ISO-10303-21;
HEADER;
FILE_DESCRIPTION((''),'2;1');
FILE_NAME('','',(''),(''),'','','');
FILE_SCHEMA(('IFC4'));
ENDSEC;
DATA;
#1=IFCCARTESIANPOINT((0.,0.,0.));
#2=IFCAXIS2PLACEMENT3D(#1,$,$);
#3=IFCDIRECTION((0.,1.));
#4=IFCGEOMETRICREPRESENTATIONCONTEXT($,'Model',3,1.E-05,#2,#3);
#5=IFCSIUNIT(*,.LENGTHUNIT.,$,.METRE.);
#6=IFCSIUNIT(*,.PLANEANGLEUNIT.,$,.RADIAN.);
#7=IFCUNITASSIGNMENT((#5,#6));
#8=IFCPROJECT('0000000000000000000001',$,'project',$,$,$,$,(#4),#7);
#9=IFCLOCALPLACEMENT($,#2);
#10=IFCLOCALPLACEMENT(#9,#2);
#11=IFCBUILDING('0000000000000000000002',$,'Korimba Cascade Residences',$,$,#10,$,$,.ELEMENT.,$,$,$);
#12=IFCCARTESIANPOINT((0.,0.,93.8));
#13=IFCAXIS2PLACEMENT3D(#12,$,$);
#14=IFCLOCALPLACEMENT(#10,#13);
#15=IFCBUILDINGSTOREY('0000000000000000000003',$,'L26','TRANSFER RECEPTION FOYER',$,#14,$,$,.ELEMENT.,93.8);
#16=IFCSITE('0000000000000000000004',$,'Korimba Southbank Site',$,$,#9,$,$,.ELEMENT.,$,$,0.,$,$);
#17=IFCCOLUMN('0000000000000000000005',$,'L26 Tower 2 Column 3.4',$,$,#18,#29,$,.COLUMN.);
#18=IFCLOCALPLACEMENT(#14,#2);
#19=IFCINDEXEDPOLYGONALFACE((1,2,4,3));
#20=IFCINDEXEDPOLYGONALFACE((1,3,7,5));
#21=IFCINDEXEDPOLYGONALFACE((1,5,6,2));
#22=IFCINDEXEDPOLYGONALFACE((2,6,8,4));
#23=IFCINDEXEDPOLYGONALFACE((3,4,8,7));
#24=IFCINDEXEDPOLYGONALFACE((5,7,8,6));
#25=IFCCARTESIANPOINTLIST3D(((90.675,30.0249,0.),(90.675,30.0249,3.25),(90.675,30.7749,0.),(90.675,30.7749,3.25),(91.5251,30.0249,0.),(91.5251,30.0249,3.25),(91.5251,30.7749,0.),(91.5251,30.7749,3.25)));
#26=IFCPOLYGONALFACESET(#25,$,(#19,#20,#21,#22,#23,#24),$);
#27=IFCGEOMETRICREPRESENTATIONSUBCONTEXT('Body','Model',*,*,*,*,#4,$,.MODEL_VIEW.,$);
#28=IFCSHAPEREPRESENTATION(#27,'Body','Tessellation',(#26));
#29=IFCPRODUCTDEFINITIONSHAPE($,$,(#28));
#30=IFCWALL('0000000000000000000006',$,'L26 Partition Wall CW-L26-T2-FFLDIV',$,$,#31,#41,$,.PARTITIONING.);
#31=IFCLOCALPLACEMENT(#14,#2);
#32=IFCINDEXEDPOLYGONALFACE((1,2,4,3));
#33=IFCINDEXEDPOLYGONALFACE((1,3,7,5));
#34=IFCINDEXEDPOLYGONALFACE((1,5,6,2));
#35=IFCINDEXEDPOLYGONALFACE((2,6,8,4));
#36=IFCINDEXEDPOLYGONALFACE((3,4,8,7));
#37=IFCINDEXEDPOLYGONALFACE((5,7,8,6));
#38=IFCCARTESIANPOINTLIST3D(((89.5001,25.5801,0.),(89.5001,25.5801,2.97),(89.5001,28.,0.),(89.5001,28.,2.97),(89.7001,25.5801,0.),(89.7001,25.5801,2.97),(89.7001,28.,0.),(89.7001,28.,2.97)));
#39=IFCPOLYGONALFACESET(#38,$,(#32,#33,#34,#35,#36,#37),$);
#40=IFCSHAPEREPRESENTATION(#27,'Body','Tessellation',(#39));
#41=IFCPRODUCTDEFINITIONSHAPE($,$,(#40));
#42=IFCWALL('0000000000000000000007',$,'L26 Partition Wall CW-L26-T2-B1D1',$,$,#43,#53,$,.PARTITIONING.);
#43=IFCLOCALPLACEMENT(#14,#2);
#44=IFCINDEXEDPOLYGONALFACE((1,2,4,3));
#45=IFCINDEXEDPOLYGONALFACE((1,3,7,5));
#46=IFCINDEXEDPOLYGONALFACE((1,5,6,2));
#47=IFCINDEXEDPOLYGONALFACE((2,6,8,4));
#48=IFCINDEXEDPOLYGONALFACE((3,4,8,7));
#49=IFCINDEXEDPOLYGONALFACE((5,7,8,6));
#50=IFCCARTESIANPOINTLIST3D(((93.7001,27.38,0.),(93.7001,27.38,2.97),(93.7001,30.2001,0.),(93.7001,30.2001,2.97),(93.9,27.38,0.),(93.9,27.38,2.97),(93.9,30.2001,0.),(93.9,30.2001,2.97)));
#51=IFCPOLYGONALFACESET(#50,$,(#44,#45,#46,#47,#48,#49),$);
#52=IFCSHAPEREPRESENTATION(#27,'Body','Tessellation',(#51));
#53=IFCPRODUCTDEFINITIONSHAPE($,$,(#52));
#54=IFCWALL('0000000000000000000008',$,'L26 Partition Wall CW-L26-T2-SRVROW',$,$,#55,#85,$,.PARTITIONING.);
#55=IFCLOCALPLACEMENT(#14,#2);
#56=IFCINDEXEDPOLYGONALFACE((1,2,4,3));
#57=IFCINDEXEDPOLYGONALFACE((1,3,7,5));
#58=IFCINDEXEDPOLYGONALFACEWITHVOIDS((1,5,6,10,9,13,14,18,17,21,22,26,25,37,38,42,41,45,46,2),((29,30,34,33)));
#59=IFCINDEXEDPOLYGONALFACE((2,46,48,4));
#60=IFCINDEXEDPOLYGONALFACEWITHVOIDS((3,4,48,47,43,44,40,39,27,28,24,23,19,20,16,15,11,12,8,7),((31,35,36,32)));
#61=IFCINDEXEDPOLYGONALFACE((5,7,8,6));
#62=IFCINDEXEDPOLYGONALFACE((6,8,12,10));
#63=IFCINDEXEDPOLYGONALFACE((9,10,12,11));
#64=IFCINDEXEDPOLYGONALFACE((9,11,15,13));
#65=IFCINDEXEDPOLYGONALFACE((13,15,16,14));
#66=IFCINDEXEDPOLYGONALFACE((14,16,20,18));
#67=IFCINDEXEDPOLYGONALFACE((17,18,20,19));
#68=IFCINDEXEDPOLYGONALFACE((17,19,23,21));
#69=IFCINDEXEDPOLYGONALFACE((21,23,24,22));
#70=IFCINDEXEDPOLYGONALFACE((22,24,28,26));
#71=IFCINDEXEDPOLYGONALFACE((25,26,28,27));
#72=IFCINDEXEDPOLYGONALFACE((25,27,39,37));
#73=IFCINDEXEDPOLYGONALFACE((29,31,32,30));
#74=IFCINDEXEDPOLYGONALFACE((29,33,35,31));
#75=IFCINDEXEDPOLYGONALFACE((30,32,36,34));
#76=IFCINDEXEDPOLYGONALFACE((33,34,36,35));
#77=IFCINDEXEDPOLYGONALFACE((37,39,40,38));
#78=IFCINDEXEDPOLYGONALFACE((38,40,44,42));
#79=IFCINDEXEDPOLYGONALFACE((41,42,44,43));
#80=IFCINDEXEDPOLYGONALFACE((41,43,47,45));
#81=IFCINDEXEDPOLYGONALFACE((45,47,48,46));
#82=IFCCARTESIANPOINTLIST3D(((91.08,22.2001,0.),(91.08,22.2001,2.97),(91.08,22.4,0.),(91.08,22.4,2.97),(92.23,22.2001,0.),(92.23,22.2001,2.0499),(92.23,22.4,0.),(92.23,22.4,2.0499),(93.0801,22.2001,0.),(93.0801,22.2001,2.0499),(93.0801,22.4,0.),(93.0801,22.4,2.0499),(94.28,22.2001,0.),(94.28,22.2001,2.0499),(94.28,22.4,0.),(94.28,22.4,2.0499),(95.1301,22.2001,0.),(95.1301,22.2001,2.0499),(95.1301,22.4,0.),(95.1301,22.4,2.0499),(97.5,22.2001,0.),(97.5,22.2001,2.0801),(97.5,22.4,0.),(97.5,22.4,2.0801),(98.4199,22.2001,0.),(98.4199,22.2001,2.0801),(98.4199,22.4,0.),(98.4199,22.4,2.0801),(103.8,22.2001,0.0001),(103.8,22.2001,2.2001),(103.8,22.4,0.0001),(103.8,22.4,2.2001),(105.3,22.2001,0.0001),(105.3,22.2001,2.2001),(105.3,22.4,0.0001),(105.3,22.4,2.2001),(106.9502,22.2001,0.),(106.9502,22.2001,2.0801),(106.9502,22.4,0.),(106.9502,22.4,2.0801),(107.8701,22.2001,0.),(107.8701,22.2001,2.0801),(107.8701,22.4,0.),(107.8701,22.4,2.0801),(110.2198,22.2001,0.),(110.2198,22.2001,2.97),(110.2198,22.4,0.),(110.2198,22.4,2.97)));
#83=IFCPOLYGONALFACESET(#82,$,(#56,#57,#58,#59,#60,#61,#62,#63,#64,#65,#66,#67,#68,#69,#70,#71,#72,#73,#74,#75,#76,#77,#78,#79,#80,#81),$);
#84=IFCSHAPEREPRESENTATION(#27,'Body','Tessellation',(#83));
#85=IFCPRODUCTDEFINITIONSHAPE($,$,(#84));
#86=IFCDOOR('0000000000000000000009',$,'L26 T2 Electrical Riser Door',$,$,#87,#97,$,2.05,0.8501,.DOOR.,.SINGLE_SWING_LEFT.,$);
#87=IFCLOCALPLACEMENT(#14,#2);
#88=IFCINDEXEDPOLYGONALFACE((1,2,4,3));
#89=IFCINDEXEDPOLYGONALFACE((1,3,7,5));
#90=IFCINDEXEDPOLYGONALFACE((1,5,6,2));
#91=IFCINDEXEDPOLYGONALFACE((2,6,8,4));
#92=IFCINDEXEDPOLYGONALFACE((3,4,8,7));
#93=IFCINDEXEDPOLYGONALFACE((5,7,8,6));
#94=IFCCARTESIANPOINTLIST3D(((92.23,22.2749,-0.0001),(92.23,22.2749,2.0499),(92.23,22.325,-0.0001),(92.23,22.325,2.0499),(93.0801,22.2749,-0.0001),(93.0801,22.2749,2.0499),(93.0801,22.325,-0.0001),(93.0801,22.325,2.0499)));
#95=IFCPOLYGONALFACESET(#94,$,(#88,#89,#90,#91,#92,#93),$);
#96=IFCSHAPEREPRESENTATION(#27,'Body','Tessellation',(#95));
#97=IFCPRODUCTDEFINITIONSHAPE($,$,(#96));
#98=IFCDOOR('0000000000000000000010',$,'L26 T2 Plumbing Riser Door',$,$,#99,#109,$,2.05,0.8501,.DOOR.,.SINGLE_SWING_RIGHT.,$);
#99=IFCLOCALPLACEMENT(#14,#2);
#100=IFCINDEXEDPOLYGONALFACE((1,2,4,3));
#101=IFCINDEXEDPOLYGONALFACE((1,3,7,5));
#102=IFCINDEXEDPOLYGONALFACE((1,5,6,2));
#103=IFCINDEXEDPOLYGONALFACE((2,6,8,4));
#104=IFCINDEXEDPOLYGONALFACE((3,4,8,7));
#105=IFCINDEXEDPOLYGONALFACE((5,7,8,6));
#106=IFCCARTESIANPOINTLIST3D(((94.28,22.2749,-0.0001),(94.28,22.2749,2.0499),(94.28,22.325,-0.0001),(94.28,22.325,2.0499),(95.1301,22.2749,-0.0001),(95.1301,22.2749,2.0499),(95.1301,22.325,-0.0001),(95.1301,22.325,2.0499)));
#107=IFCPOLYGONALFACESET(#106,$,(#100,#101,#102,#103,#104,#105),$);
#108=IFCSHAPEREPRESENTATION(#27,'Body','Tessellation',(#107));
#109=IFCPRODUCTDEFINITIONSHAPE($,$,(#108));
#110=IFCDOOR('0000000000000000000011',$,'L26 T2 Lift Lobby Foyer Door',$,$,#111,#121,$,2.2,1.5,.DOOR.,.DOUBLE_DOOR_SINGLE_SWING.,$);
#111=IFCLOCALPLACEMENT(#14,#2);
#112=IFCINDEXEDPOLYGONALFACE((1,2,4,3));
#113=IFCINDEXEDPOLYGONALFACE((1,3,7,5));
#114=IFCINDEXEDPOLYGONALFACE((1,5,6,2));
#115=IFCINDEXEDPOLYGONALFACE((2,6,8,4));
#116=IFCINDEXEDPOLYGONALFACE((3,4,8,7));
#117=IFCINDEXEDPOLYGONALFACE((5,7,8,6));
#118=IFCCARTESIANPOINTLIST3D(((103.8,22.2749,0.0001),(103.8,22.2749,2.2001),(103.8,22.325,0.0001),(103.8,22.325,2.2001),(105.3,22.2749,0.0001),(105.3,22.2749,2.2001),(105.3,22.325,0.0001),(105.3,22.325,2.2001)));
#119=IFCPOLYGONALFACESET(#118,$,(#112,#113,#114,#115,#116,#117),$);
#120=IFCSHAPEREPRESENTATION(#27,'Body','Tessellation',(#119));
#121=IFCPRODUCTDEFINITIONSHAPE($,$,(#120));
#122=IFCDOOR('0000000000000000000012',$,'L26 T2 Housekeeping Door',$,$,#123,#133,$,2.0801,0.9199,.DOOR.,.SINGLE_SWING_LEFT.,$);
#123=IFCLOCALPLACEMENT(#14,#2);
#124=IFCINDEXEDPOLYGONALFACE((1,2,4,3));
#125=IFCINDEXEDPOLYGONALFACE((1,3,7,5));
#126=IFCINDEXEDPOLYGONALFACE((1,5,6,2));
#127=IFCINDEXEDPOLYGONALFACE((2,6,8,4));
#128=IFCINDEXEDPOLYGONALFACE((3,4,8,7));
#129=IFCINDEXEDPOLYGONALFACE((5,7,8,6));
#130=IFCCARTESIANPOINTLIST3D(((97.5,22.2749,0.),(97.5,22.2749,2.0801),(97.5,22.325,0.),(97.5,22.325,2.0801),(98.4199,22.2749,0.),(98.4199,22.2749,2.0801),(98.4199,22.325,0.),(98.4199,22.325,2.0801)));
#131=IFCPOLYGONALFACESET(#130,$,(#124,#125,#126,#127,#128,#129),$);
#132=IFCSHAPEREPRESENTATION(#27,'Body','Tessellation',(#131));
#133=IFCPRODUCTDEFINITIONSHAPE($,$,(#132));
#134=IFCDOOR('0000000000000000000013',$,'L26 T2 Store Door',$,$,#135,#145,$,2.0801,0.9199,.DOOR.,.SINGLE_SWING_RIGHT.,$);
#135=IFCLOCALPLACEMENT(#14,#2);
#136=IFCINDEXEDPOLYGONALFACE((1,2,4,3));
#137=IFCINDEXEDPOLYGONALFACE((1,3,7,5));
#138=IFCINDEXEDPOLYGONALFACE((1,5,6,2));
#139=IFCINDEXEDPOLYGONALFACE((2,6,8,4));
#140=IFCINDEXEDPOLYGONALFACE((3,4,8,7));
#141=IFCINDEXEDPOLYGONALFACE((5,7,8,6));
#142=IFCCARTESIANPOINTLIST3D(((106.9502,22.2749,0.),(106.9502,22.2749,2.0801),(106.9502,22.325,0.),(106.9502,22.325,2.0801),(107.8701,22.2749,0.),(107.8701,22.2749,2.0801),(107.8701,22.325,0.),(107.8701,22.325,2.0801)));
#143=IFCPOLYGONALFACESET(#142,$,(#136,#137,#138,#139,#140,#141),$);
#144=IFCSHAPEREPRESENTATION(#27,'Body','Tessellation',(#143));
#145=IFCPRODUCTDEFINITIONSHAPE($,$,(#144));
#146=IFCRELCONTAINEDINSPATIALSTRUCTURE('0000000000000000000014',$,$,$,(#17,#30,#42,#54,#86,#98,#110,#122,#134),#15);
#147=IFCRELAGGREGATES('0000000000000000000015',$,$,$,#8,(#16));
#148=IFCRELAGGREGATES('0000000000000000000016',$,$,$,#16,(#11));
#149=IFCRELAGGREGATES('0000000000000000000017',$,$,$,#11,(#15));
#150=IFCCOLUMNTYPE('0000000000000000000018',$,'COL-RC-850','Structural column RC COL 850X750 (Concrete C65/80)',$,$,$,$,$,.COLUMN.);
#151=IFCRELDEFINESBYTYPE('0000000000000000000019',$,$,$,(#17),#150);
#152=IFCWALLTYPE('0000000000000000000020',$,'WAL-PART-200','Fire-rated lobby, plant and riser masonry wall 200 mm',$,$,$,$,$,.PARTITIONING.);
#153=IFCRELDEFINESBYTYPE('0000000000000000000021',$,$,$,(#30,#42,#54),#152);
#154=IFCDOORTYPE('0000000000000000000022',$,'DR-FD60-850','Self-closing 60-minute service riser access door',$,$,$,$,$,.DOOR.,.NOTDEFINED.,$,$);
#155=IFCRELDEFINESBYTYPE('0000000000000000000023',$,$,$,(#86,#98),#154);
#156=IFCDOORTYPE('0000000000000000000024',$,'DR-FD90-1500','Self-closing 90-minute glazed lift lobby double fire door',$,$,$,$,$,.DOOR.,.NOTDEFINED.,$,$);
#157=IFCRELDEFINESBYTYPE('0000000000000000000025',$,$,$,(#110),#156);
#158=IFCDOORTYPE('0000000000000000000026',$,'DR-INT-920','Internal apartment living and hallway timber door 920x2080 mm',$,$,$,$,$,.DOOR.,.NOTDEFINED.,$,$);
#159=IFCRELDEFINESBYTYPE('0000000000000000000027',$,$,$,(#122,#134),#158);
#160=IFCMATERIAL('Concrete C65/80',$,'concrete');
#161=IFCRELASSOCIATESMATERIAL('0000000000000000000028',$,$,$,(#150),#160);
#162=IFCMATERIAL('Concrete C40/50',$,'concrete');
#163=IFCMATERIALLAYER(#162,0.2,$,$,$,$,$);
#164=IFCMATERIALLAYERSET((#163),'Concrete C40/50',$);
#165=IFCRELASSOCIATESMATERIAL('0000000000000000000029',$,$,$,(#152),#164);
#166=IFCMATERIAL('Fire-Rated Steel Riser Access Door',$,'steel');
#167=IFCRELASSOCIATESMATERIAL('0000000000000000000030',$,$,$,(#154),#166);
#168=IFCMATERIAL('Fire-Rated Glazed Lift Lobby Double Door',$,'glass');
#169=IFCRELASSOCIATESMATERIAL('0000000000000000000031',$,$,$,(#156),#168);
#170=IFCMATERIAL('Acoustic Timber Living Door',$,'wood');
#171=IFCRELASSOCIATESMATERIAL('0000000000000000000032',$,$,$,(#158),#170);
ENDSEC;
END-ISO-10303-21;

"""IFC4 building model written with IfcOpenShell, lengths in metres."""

from ifc_helpers import new_model, si_unit, direction, frame, frame_2d, origin, origin_2d, place, context, subcontext, project, spatial, rectangle, extrude, material, layer, layer_set, material_profile, profile_set, type_object, element, fill, save


model = new_model("IFC4")

# Units and contexts
model_context = context("Model", 3, precision=1e-05, world=origin(), true_north=direction((0.0, 1.0)))
body_context = subcontext(model_context, "Body", "Model", "MODEL_VIEW")
ifc_project = project(units=[si_unit("LENGTHUNIT", "METRE"), si_unit("PLANEANGLEUNIT", "RADIAN")], contexts=[model_context])

# Site, building, storey
site_placement = place(None, origin())
site = spatial("IfcSite", under=ifc_project, at=site_placement, Name="Korimba Southbank Site", CompositionType="ELEMENT", RefElevation=0.0)
building_placement = place(site_placement, origin())
building = spatial("IfcBuilding", under=site, at=building_placement, Name="Korimba Cascade Residences", CompositionType="ELEMENT")
storey_placement = place(building_placement, frame((0.0, 0.0, 93.8)))
storey = spatial("IfcBuildingStorey", under=building, at=storey_placement, Name="L26", Description="TRANSFER RECEPTION FOYER", CompositionType="ELEMENT", Elevation=93.8)

# Column
ifc_material_1 = material(Name="Concrete C65/80", Category="concrete")
ifc_material_profile = material_profile(ifc_material_1, rectangle(XDim=0.8501, YDim=0.75, at=origin_2d()), Name="Concrete C65/80")
ifc_profile_set = profile_set([ifc_material_profile], Name="Concrete C65/80")
column_type = type_object("IfcColumnType", Name="COL-RC-850", Description="Structural column RC COL 850X750 (Concrete C65/80)", PredefinedType="COLUMN", material=ifc_profile_set)
column_placement = place(storey_placement, frame((91.1001, 30.3999, 0.0), z_axis=(0.0, 0.0, 1.0), x_axis=(1.0, 0.0, 0.0)))
element("IfcColumn", 1, at=column_placement, inside=storey, type_object=column_type, Name="L26 Tower 2 Column 3.4", PredefinedType="COLUMN", context=body_context, shape_type="SweptSolid", body=[
    extrude(rectangle(XDim=0.8501, YDim=0.75, at=origin_2d()), origin(), (0.0, 0.0, 1.0), 3.25),
])

# Walls
ifc_material_2 = material(Name="Concrete C40/50", Category="concrete")
ifc_layer_1 = layer(ifc_material_2, 0.2)
ifc_layer_set_1 = layer_set([ifc_layer_1], Name="Concrete C40/50")
wall_type_1 = type_object("IfcWallType", Name="WAL-PART-200", Description="Fire-rated lobby, plant and riser masonry wall 200 mm", PredefinedType="PARTITIONING", material=ifc_layer_set_1)
wall_1_placement = place(storey_placement, frame((89.6001, 25.5801, 0.0), z_axis=(0.0, 0.0, 1.0), x_axis=(0.0, 1.0, 0.0)))
element("IfcWall", 2, at=wall_1_placement, inside=storey, type_object=wall_type_1, Name="L26 Partition Wall CW-L26-T2-FFLDIV", PredefinedType="PARTITIONING", context=body_context, shape_type="SweptSolid", body=[
    extrude(rectangle(XDim=2.4199, YDim=0.2, at=frame_2d((1.21, 0.0))), origin(), (0.0, 0.0, 1.0), 2.97),
])
wall_2_placement = place(storey_placement, frame((93.8, 27.3799, 0.0), z_axis=(0.0, 0.0, 1.0), x_axis=(0.0, 1.0, 0.0)))
element("IfcWall", 3, at=wall_2_placement, inside=storey, type_object=wall_type_1, Name="L26 Partition Wall CW-L26-T2-B1D1", PredefinedType="PARTITIONING", context=body_context, shape_type="SweptSolid", body=[
    extrude(rectangle(XDim=2.8201, YDim=0.2, at=frame_2d((1.4102, 0.0))), origin(), (0.0, 0.0, 1.0), 2.97),
])

# Wall, openings, doors
wall_3_placement = place(storey_placement, frame((91.0801, 22.3, 0.0), z_axis=(0.0, 0.0, 1.0), x_axis=(1.0, 0.0, 0.0)))
wall_3 = element("IfcWall", 4, at=wall_3_placement, inside=storey, type_object=wall_type_1, Name="L26 Partition Wall CW-L26-T2-SRVROW", PredefinedType="PARTITIONING", context=body_context, shape_type="SweptSolid", body=[
    extrude(rectangle(XDim=19.1399, YDim=0.2, at=frame_2d((9.5698, 0.0))), origin(), (0.0, 0.0, 1.0), 2.97),
])
opening_1_placement = place(wall_3_placement, frame((1.1499, 0.0, 0.0)))
opening_1 = element("IfcOpeningElement", 5, at=opening_1_placement, cuts=wall_3, PredefinedType="OPENING", context=body_context, shape_type="SweptSolid", body=[
    extrude(rectangle(XDim=0.8501, YDim=2.05, at=frame_2d((0.425, 1.0249))), frame((0.0, 0.1099, 0.0), z_axis=(0.0, -1.0, 0.0), x_axis=(1.0, 0.0, 0.0)), (0.0, 0.0, 1.0), 0.22),
])
opening_2_placement = place(wall_3_placement, frame((3.2, 0.0, 0.0)))
opening_2 = element("IfcOpeningElement", 6, at=opening_2_placement, cuts=wall_3, PredefinedType="OPENING", context=body_context, shape_type="SweptSolid", body=[
    extrude(rectangle(XDim=0.8501, YDim=2.05, at=frame_2d((0.425, 1.0249))), frame((0.0, 0.1099, 0.0), z_axis=(0.0, -1.0, 0.0), x_axis=(1.0, 0.0, 0.0)), (0.0, 0.0, 1.0), 0.22),
])
opening_3_placement = place(wall_3_placement, frame((12.72, 0.0, 0.0)))
opening_3 = element("IfcOpeningElement", 7, at=opening_3_placement, cuts=wall_3, PredefinedType="OPENING", context=body_context, shape_type="SweptSolid", body=[
    extrude(rectangle(XDim=1.5, YDim=2.2, at=frame_2d((0.75, 1.1001))), frame((0.0, 0.1099, 0.0), z_axis=(0.0, -1.0, 0.0), x_axis=(1.0, 0.0, 0.0)), (0.0, 0.0, 1.0), 0.22),
])
opening_4_placement = place(wall_3_placement, frame((6.4199, 0.0, 0.0)))
opening_4 = element("IfcOpeningElement", 8, at=opening_4_placement, cuts=wall_3, PredefinedType="OPENING", context=body_context, shape_type="SweptSolid", body=[
    extrude(rectangle(XDim=0.9199, YDim=2.0801, at=frame_2d((0.46, 1.04))), frame((0.0, 0.1099, 0.0), z_axis=(0.0, -1.0, 0.0), x_axis=(1.0, 0.0, 0.0)), (0.0, 0.0, 1.0), 0.22),
])
opening_5_placement = place(wall_3_placement, frame((15.8701, 0.0, 0.0)))
opening_5 = element("IfcOpeningElement", 9, at=opening_5_placement, cuts=wall_3, PredefinedType="OPENING", context=body_context, shape_type="SweptSolid", body=[
    extrude(rectangle(XDim=0.9199, YDim=2.0801, at=frame_2d((0.46, 1.04))), frame((0.0, 0.1099, 0.0), z_axis=(0.0, -1.0, 0.0), x_axis=(1.0, 0.0, 0.0)), (0.0, 0.0, 1.0), 0.22),
])
ifc_material_3 = material(Name="Fire-Rated Steel Riser Access Door", Category="steel")
door_type_1 = type_object("IfcDoorType", Name="DR-FD60-850", Description="Self-closing 60-minute service riser access door", OperationType="NOTDEFINED", PredefinedType="DOOR", material=ifc_material_3)
door_1_placement = place(opening_1_placement, origin())
door_1 = element("IfcDoor", 10, at=door_1_placement, inside=storey, type_object=door_type_1, Name="L26 T2 Electrical Riser Door", OperationType="SINGLE_SWING_LEFT", OverallHeight=2.05, OverallWidth=0.8501, PredefinedType="DOOR", context=body_context, shape_type="SweptSolid", body=[
    extrude(rectangle(XDim=0.8501, YDim=2.05, at=frame_2d((0.425, 1.0249))), frame((0.0, 0.0249, 0.0), z_axis=(0.0, -1.0, 0.0), x_axis=(1.0, 0.0, 0.0)), (0.0, 0.0, 1.0), 0.05),
])
fill(opening_1, door_1)
door_2_placement = place(opening_2_placement, origin())
door_2 = element("IfcDoor", 11, at=door_2_placement, inside=storey, type_object=door_type_1, Name="L26 T2 Plumbing Riser Door", OperationType="SINGLE_SWING_RIGHT", OverallHeight=2.05, OverallWidth=0.8501, PredefinedType="DOOR", context=body_context, shape_type="SweptSolid", body=[
    extrude(rectangle(XDim=0.8501, YDim=2.05, at=frame_2d((0.425, 1.0249))), frame((0.0, 0.0249, 0.0), z_axis=(0.0, -1.0, 0.0), x_axis=(1.0, 0.0, 0.0)), (0.0, 0.0, 1.0), 0.05),
])
fill(opening_2, door_2)
ifc_material_4 = material(Name="Fire-Rated Glazed Lift Lobby Double Door", Category="glass")
door_type_2 = type_object("IfcDoorType", Name="DR-FD90-1500", Description="Self-closing 90-minute glazed lift lobby double fire door", OperationType="NOTDEFINED", PredefinedType="DOOR", material=ifc_material_4)
door_3_placement = place(opening_3_placement, origin())
door_3 = element("IfcDoor", 12, at=door_3_placement, inside=storey, type_object=door_type_2, Name="L26 T2 Lift Lobby Foyer Door", OperationType="DOUBLE_DOOR_SINGLE_SWING", OverallHeight=2.2, OverallWidth=1.5, PredefinedType="DOOR", context=body_context, shape_type="SweptSolid", body=[
    extrude(rectangle(XDim=1.5, YDim=2.2, at=frame_2d((0.75, 1.1001))), frame((0.0, 0.0249, 0.0), z_axis=(0.0, -1.0, 0.0), x_axis=(1.0, 0.0, 0.0)), (0.0, 0.0, 1.0), 0.05),
])
fill(opening_3, door_3)
ifc_material_5 = material(Name="Acoustic Timber Living Door", Category="wood")
door_type_3 = type_object("IfcDoorType", Name="DR-INT-920", Description="Internal apartment living and hallway timber door 920x2080 mm", OperationType="NOTDEFINED", PredefinedType="DOOR", material=ifc_material_5)
door_4_placement = place(opening_4_placement, origin())
door_4 = element("IfcDoor", 13, at=door_4_placement, inside=storey, type_object=door_type_3, Name="L26 T2 Housekeeping Door", OperationType="SINGLE_SWING_LEFT", OverallHeight=2.0801, OverallWidth=0.9199, PredefinedType="DOOR", context=body_context, shape_type="SweptSolid", body=[
    extrude(rectangle(XDim=0.9199, YDim=2.0801, at=frame_2d((0.46, 1.04))), frame((0.0, 0.0249, 0.0), z_axis=(0.0, -1.0, 0.0), x_axis=(1.0, 0.0, 0.0)), (0.0, 0.0, 1.0), 0.05),
])
fill(opening_4, door_4)
door_5_placement = place(opening_5_placement, origin())
door_5 = element("IfcDoor", 14, at=door_5_placement, inside=storey, type_object=door_type_3, Name="L26 T2 Store Door", OperationType="SINGLE_SWING_RIGHT", OverallHeight=2.0801, OverallWidth=0.9199, PredefinedType="DOOR", context=body_context, shape_type="SweptSolid", body=[
    extrude(rectangle(XDim=0.9199, YDim=2.0801, at=frame_2d((0.46, 1.04))), frame((0.0, 0.0249, 0.0), z_axis=(0.0, -1.0, 0.0), x_axis=(1.0, 0.0, 0.0)), (0.0, 0.0, 1.0), 0.05),
])
fill(opening_5, door_5)

save(model, "model.ifc")
